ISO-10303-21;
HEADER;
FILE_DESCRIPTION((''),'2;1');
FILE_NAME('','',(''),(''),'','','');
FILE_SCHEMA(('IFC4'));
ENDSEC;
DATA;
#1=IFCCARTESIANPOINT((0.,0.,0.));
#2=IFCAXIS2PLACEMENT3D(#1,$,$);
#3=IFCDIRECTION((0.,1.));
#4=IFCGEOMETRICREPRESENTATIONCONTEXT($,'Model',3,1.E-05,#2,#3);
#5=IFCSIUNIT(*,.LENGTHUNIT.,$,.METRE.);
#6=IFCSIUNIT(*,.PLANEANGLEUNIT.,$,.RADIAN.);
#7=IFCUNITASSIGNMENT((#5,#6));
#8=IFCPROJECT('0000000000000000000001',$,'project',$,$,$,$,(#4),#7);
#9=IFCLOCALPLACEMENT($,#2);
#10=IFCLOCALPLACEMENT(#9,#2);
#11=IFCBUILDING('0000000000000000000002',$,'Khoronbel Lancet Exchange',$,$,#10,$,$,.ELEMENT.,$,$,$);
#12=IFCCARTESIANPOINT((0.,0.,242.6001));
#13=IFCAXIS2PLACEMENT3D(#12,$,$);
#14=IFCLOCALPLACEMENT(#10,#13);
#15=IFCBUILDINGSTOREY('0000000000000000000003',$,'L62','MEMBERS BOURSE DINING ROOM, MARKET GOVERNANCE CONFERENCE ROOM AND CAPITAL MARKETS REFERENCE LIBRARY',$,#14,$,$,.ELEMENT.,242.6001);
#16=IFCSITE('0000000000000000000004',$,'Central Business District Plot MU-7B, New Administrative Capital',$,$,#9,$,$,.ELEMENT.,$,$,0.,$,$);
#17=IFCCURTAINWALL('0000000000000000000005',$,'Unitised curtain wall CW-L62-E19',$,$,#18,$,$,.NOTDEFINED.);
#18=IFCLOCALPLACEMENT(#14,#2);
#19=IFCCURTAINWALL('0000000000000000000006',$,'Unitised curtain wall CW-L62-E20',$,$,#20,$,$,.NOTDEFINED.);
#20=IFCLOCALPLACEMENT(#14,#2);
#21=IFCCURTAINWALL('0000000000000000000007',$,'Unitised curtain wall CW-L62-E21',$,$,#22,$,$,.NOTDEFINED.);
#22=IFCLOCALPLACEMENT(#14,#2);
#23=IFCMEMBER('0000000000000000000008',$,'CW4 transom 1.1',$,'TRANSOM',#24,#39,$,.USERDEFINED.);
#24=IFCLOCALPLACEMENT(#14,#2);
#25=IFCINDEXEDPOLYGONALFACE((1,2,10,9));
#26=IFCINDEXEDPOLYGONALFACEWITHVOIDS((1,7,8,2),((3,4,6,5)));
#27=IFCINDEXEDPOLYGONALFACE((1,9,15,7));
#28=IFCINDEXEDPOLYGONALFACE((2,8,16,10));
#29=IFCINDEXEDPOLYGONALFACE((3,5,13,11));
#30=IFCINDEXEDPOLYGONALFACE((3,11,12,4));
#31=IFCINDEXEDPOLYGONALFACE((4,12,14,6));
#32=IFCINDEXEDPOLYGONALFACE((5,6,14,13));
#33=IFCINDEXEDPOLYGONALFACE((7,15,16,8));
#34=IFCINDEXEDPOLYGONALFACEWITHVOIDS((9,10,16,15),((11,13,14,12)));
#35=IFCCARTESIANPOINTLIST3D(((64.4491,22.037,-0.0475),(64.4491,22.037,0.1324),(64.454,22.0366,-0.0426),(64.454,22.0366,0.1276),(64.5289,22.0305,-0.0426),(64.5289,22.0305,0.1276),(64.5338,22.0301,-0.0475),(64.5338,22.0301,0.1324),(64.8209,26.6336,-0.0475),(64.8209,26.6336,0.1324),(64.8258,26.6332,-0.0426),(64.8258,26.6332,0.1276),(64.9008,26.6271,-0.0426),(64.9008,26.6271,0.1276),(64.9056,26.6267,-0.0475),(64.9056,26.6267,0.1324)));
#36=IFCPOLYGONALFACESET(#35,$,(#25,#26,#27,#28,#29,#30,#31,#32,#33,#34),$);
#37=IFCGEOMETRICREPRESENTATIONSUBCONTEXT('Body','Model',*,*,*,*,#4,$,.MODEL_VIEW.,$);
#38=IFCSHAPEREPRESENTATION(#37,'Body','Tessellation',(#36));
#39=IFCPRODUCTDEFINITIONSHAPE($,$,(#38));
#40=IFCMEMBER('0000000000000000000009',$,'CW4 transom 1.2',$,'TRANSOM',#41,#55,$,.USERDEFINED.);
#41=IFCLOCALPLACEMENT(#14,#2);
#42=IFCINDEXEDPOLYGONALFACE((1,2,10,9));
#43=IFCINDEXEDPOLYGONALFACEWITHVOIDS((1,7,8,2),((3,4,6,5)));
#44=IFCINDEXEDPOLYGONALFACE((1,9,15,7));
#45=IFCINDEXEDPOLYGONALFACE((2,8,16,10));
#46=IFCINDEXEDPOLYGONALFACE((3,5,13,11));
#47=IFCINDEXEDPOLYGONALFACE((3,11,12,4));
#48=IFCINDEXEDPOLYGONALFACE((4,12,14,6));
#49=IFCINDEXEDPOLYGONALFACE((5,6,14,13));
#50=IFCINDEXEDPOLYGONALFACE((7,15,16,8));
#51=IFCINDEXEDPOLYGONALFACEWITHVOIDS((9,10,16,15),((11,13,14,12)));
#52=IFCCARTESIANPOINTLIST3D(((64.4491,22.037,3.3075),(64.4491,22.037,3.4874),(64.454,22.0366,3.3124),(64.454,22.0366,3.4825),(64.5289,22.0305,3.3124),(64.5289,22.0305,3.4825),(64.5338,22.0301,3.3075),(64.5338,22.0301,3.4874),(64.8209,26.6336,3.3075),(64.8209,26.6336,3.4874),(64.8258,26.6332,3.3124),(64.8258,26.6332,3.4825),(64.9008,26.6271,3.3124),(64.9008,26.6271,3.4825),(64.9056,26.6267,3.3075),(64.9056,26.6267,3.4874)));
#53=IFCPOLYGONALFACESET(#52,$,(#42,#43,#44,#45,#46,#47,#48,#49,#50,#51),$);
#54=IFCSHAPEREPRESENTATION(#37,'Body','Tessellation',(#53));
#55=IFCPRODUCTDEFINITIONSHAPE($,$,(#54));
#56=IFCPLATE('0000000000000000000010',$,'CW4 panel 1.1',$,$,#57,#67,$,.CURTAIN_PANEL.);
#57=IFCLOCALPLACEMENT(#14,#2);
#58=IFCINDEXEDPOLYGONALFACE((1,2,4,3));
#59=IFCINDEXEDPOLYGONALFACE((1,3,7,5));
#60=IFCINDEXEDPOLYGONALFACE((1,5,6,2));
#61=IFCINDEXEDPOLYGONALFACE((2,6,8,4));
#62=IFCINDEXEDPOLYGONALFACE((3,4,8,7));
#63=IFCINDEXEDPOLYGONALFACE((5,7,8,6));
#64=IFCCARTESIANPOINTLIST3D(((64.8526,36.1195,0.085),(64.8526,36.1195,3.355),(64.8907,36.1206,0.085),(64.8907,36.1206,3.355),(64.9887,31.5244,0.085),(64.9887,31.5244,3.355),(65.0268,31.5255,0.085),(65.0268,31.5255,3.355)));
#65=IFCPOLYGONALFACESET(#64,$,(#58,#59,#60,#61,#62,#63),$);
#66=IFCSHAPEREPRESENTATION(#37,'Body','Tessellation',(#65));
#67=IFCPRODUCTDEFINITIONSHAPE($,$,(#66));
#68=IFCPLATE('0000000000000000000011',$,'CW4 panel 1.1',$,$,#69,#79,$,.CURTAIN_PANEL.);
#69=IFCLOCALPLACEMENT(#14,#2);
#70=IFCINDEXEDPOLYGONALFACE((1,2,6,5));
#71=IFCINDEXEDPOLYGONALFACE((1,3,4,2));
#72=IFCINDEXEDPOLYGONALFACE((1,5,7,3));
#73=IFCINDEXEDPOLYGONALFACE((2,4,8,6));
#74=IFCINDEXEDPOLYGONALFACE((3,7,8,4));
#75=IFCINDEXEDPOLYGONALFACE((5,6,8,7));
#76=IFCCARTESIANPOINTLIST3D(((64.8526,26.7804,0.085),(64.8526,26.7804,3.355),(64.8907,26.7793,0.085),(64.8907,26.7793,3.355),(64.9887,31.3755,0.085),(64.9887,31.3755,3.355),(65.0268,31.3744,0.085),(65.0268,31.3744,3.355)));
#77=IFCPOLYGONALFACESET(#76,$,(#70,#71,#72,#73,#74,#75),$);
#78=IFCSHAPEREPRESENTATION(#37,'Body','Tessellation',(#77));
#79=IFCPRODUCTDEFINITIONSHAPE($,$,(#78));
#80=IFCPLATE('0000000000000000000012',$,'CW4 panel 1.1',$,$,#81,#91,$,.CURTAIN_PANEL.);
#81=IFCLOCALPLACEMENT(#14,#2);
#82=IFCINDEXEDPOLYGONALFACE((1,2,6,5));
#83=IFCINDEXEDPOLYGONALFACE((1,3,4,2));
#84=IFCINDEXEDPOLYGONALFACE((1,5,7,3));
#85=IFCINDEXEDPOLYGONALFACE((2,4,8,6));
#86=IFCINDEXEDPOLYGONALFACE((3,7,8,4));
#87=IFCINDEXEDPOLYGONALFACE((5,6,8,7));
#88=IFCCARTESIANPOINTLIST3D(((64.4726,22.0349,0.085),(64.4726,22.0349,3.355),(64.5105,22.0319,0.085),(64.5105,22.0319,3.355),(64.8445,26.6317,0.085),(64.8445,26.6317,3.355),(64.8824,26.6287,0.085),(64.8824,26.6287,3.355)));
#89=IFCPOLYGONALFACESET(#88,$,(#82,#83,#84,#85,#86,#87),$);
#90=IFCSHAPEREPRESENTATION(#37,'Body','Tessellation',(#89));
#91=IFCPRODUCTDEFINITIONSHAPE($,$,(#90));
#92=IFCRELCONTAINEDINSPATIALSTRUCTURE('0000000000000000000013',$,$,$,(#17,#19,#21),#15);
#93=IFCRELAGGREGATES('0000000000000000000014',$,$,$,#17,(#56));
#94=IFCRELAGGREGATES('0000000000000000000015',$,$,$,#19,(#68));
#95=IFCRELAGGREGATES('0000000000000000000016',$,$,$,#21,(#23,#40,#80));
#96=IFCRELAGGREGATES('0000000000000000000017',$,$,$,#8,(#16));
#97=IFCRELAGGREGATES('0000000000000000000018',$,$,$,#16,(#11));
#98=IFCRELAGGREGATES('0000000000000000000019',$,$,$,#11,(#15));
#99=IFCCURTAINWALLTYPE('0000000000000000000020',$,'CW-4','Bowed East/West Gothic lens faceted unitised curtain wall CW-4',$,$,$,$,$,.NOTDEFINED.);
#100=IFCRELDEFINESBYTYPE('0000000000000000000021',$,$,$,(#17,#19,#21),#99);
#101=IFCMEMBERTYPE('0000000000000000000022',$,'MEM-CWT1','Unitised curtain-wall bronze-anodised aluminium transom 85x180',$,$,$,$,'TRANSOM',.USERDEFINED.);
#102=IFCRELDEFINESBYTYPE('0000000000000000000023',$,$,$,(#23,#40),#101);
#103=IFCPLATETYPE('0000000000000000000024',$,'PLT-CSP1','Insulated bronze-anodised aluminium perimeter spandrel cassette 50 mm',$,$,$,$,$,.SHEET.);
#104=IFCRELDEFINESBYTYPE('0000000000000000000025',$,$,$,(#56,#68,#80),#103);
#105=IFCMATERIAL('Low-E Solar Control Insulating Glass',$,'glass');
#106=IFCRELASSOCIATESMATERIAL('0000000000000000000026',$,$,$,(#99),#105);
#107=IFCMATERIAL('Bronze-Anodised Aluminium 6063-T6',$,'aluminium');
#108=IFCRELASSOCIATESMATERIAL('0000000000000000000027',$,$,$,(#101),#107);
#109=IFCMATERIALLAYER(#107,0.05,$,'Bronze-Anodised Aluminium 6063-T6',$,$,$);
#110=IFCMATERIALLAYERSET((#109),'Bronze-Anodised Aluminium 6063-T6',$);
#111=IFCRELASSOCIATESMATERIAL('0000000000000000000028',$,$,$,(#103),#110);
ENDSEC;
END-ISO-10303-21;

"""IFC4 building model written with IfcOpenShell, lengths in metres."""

from ifc_helpers import new_model, si_unit, direction, frame, origin, origin_2d, place, context, subcontext, project, spatial, rectangle, hollow_rectangle, extrude, material, layer, layer_set, material_profile, profile_set, type_object, element, aggregate, save


model = new_model("IFC4")

# Units and contexts
model_context = context("Model", 3, precision=1e-05, world=origin(), true_north=direction((0.0, 1.0)))
body_context = subcontext(model_context, "Body", "Model", "MODEL_VIEW")
ifc_project = project(units=[si_unit("LENGTHUNIT", "METRE"), si_unit("PLANEANGLEUNIT", "RADIAN")], contexts=[model_context])

# Site, building, storey
site_placement = place(None, origin())
site = spatial("IfcSite", under=ifc_project, at=site_placement, Name="Central Business District Plot MU-7B, New Administrative Capital", CompositionType="ELEMENT", RefElevation=0.0)
building_placement = place(site_placement, origin())
building = spatial("IfcBuilding", under=site, at=building_placement, Name="Khoronbel Lancet Exchange", CompositionType="ELEMENT")
storey_placement = place(building_placement, frame((0.0, 0.0, 242.6001)))
storey = spatial("IfcBuildingStorey", under=building, at=storey_placement, Name="L62", Description="MEMBERS BOURSE DINING ROOM, MARKET GOVERNANCE CONFERENCE ROOM AND CAPITAL MARKETS REFERENCE LIBRARY", CompositionType="ELEMENT", Elevation=242.6001)

# Curtain walls
ifc_material_1 = material(Name="Low-E Solar Control Insulating Glass", Category="glass")
curtain_wall_type = type_object("IfcCurtainWallType", Name="CW-4", Description="Bowed East/West Gothic lens faceted unitised curtain wall CW-4", PredefinedType="NOTDEFINED", material=ifc_material_1)
curtain_wall_1_placement = place(storey_placement, origin())
curtain_wall_1 = element("IfcCurtainWall", 1, at=curtain_wall_1_placement, inside=storey, type_object=curtain_wall_type, Name="Unitised curtain wall CW-L62-E19", PredefinedType="NOTDEFINED")
ifc_material_2 = material(Name="Bronze-Anodised Aluminium 6063-T6", Category="aluminium")
curtain_wall_2_placement = place(storey_placement, origin())
curtain_wall_2 = element("IfcCurtainWall", 2, at=curtain_wall_2_placement, inside=storey, type_object=curtain_wall_type, Name="Unitised curtain wall CW-L62-E20", PredefinedType="NOTDEFINED")

# Curtain wall
curtain_wall_3_placement = place(storey_placement, origin())
curtain_wall_3 = element("IfcCurtainWall", 3, at=curtain_wall_3_placement, inside=storey, type_object=curtain_wall_type, Name="Unitised curtain wall CW-L62-E21", PredefinedType="NOTDEFINED")

# Members
ifc_material_profile_1 = material_profile(ifc_material_2, hollow_rectangle(XDim=0.085, YDim=0.1799, WallThickness=0.0049, at=origin_2d()), Name="ALU TRANSOM 85x180")
ifc_profile_set_1 = profile_set([ifc_material_profile_1], Name="Bronze-Anodised Aluminium 6063-T6")
member_type_1 = type_object("IfcMemberType", Name="MEM-CWT1", Description="Unitised curtain-wall bronze-anodised aluminium transom 85x180", ElementType="TRANSOM", PredefinedType="USERDEFINED", material=ifc_profile_set_1)
member_1_placement = place(storey_placement, frame((64.8633, 26.6301, 0.0425), z_axis=(-0.080627, -0.996744, 0.0), x_axis=(0.996744, -0.080627, 0.0)))
member_1 = element("IfcMember", 4, at=member_1_placement, type_object=member_type_1, Name="CW4 transom 1.1", ObjectType="TRANSOM", PredefinedType="USERDEFINED", context=body_context, shape_type="SweptSolid", body=[
    extrude(hollow_rectangle(XDim=0.085, YDim=0.1799, WallThickness=0.0049, at=origin_2d()), origin(), (0.0, 0.0, 1.0), 4.6116),
])
member_2_placement = place(storey_placement, frame((64.8633, 26.6301, 3.3975), z_axis=(-0.080627, -0.996744, 0.0), x_axis=(0.996744, -0.080627, 0.0)))
member_2 = element("IfcMember", 5, at=member_2_placement, type_object=member_type_1, Name="CW4 transom 1.2", ObjectType="TRANSOM", PredefinedType="USERDEFINED", context=body_context, shape_type="SweptSolid", body=[
    extrude(hollow_rectangle(XDim=0.085, YDim=0.1799, WallThickness=0.0049, at=origin_2d()), origin(), (0.0, 0.0, 1.0), 4.6116),
])

# Plates
ifc_layer = layer(ifc_material_2, 0.05, Name="Bronze-Anodised Aluminium 6063-T6")
ifc_layer_set = layer_set([ifc_layer], Name="Bronze-Anodised Aluminium 6063-T6")
plate_type = type_object("IfcPlateType", Name="PLT-CSP1", Description="Insulated bronze-anodised aluminium perimeter spandrel cassette 50 mm", PredefinedType="SHEET", material=ifc_layer_set)
plate_1_placement = place(storey_placement, frame((64.9397, 33.8225, 0.085), z_axis=(0.0, 0.0, 1.0), x_axis=(0.029618, -0.999561, 0.0)))
plate_1 = element("IfcPlate", 6, at=plate_1_placement, type_object=plate_type, Name="CW4 panel 1.1", PredefinedType="CURTAIN_PANEL", context=body_context, shape_type="SweptSolid", body=[
    extrude(rectangle(XDim=4.5972, YDim=0.0381, at=origin_2d()), origin(), (0.0, 0.0, 1.0), 3.27),
])
aggregate(curtain_wall_1, [plate_1])
plate_2_placement = place(storey_placement, frame((64.9397, 29.0774, 0.085), z_axis=(0.0, 0.0, 1.0), x_axis=(-0.029618, -0.999561, 0.0)))
plate_2 = element("IfcPlate", 7, at=plate_2_placement, type_object=plate_type, Name="CW4 panel 1.1", PredefinedType="CURTAIN_PANEL", context=body_context, shape_type="SweptSolid", body=[
    extrude(rectangle(XDim=4.5972, YDim=0.0381, at=origin_2d()), origin(), (0.0, 0.0, 1.0), 3.27),
])
aggregate(curtain_wall_2, [plate_2])
plate_3_placement = place(storey_placement, frame((64.6775, 24.3318, 0.085), z_axis=(0.0, 0.0, 1.0), x_axis=(-0.08064, -0.996743, 0.0)))
plate_3 = element("IfcPlate", 8, at=plate_3_placement, type_object=plate_type, Name="CW4 panel 1.1", PredefinedType="CURTAIN_PANEL", context=body_context, shape_type="SweptSolid", body=[
    extrude(rectangle(XDim=4.6118, YDim=0.0381, at=origin_2d()), origin(), (0.0, 0.0, 1.0), 3.27),
])
aggregate(curtain_wall_3, [member_1, member_2, plate_3])

save(model, "model.ifc")
